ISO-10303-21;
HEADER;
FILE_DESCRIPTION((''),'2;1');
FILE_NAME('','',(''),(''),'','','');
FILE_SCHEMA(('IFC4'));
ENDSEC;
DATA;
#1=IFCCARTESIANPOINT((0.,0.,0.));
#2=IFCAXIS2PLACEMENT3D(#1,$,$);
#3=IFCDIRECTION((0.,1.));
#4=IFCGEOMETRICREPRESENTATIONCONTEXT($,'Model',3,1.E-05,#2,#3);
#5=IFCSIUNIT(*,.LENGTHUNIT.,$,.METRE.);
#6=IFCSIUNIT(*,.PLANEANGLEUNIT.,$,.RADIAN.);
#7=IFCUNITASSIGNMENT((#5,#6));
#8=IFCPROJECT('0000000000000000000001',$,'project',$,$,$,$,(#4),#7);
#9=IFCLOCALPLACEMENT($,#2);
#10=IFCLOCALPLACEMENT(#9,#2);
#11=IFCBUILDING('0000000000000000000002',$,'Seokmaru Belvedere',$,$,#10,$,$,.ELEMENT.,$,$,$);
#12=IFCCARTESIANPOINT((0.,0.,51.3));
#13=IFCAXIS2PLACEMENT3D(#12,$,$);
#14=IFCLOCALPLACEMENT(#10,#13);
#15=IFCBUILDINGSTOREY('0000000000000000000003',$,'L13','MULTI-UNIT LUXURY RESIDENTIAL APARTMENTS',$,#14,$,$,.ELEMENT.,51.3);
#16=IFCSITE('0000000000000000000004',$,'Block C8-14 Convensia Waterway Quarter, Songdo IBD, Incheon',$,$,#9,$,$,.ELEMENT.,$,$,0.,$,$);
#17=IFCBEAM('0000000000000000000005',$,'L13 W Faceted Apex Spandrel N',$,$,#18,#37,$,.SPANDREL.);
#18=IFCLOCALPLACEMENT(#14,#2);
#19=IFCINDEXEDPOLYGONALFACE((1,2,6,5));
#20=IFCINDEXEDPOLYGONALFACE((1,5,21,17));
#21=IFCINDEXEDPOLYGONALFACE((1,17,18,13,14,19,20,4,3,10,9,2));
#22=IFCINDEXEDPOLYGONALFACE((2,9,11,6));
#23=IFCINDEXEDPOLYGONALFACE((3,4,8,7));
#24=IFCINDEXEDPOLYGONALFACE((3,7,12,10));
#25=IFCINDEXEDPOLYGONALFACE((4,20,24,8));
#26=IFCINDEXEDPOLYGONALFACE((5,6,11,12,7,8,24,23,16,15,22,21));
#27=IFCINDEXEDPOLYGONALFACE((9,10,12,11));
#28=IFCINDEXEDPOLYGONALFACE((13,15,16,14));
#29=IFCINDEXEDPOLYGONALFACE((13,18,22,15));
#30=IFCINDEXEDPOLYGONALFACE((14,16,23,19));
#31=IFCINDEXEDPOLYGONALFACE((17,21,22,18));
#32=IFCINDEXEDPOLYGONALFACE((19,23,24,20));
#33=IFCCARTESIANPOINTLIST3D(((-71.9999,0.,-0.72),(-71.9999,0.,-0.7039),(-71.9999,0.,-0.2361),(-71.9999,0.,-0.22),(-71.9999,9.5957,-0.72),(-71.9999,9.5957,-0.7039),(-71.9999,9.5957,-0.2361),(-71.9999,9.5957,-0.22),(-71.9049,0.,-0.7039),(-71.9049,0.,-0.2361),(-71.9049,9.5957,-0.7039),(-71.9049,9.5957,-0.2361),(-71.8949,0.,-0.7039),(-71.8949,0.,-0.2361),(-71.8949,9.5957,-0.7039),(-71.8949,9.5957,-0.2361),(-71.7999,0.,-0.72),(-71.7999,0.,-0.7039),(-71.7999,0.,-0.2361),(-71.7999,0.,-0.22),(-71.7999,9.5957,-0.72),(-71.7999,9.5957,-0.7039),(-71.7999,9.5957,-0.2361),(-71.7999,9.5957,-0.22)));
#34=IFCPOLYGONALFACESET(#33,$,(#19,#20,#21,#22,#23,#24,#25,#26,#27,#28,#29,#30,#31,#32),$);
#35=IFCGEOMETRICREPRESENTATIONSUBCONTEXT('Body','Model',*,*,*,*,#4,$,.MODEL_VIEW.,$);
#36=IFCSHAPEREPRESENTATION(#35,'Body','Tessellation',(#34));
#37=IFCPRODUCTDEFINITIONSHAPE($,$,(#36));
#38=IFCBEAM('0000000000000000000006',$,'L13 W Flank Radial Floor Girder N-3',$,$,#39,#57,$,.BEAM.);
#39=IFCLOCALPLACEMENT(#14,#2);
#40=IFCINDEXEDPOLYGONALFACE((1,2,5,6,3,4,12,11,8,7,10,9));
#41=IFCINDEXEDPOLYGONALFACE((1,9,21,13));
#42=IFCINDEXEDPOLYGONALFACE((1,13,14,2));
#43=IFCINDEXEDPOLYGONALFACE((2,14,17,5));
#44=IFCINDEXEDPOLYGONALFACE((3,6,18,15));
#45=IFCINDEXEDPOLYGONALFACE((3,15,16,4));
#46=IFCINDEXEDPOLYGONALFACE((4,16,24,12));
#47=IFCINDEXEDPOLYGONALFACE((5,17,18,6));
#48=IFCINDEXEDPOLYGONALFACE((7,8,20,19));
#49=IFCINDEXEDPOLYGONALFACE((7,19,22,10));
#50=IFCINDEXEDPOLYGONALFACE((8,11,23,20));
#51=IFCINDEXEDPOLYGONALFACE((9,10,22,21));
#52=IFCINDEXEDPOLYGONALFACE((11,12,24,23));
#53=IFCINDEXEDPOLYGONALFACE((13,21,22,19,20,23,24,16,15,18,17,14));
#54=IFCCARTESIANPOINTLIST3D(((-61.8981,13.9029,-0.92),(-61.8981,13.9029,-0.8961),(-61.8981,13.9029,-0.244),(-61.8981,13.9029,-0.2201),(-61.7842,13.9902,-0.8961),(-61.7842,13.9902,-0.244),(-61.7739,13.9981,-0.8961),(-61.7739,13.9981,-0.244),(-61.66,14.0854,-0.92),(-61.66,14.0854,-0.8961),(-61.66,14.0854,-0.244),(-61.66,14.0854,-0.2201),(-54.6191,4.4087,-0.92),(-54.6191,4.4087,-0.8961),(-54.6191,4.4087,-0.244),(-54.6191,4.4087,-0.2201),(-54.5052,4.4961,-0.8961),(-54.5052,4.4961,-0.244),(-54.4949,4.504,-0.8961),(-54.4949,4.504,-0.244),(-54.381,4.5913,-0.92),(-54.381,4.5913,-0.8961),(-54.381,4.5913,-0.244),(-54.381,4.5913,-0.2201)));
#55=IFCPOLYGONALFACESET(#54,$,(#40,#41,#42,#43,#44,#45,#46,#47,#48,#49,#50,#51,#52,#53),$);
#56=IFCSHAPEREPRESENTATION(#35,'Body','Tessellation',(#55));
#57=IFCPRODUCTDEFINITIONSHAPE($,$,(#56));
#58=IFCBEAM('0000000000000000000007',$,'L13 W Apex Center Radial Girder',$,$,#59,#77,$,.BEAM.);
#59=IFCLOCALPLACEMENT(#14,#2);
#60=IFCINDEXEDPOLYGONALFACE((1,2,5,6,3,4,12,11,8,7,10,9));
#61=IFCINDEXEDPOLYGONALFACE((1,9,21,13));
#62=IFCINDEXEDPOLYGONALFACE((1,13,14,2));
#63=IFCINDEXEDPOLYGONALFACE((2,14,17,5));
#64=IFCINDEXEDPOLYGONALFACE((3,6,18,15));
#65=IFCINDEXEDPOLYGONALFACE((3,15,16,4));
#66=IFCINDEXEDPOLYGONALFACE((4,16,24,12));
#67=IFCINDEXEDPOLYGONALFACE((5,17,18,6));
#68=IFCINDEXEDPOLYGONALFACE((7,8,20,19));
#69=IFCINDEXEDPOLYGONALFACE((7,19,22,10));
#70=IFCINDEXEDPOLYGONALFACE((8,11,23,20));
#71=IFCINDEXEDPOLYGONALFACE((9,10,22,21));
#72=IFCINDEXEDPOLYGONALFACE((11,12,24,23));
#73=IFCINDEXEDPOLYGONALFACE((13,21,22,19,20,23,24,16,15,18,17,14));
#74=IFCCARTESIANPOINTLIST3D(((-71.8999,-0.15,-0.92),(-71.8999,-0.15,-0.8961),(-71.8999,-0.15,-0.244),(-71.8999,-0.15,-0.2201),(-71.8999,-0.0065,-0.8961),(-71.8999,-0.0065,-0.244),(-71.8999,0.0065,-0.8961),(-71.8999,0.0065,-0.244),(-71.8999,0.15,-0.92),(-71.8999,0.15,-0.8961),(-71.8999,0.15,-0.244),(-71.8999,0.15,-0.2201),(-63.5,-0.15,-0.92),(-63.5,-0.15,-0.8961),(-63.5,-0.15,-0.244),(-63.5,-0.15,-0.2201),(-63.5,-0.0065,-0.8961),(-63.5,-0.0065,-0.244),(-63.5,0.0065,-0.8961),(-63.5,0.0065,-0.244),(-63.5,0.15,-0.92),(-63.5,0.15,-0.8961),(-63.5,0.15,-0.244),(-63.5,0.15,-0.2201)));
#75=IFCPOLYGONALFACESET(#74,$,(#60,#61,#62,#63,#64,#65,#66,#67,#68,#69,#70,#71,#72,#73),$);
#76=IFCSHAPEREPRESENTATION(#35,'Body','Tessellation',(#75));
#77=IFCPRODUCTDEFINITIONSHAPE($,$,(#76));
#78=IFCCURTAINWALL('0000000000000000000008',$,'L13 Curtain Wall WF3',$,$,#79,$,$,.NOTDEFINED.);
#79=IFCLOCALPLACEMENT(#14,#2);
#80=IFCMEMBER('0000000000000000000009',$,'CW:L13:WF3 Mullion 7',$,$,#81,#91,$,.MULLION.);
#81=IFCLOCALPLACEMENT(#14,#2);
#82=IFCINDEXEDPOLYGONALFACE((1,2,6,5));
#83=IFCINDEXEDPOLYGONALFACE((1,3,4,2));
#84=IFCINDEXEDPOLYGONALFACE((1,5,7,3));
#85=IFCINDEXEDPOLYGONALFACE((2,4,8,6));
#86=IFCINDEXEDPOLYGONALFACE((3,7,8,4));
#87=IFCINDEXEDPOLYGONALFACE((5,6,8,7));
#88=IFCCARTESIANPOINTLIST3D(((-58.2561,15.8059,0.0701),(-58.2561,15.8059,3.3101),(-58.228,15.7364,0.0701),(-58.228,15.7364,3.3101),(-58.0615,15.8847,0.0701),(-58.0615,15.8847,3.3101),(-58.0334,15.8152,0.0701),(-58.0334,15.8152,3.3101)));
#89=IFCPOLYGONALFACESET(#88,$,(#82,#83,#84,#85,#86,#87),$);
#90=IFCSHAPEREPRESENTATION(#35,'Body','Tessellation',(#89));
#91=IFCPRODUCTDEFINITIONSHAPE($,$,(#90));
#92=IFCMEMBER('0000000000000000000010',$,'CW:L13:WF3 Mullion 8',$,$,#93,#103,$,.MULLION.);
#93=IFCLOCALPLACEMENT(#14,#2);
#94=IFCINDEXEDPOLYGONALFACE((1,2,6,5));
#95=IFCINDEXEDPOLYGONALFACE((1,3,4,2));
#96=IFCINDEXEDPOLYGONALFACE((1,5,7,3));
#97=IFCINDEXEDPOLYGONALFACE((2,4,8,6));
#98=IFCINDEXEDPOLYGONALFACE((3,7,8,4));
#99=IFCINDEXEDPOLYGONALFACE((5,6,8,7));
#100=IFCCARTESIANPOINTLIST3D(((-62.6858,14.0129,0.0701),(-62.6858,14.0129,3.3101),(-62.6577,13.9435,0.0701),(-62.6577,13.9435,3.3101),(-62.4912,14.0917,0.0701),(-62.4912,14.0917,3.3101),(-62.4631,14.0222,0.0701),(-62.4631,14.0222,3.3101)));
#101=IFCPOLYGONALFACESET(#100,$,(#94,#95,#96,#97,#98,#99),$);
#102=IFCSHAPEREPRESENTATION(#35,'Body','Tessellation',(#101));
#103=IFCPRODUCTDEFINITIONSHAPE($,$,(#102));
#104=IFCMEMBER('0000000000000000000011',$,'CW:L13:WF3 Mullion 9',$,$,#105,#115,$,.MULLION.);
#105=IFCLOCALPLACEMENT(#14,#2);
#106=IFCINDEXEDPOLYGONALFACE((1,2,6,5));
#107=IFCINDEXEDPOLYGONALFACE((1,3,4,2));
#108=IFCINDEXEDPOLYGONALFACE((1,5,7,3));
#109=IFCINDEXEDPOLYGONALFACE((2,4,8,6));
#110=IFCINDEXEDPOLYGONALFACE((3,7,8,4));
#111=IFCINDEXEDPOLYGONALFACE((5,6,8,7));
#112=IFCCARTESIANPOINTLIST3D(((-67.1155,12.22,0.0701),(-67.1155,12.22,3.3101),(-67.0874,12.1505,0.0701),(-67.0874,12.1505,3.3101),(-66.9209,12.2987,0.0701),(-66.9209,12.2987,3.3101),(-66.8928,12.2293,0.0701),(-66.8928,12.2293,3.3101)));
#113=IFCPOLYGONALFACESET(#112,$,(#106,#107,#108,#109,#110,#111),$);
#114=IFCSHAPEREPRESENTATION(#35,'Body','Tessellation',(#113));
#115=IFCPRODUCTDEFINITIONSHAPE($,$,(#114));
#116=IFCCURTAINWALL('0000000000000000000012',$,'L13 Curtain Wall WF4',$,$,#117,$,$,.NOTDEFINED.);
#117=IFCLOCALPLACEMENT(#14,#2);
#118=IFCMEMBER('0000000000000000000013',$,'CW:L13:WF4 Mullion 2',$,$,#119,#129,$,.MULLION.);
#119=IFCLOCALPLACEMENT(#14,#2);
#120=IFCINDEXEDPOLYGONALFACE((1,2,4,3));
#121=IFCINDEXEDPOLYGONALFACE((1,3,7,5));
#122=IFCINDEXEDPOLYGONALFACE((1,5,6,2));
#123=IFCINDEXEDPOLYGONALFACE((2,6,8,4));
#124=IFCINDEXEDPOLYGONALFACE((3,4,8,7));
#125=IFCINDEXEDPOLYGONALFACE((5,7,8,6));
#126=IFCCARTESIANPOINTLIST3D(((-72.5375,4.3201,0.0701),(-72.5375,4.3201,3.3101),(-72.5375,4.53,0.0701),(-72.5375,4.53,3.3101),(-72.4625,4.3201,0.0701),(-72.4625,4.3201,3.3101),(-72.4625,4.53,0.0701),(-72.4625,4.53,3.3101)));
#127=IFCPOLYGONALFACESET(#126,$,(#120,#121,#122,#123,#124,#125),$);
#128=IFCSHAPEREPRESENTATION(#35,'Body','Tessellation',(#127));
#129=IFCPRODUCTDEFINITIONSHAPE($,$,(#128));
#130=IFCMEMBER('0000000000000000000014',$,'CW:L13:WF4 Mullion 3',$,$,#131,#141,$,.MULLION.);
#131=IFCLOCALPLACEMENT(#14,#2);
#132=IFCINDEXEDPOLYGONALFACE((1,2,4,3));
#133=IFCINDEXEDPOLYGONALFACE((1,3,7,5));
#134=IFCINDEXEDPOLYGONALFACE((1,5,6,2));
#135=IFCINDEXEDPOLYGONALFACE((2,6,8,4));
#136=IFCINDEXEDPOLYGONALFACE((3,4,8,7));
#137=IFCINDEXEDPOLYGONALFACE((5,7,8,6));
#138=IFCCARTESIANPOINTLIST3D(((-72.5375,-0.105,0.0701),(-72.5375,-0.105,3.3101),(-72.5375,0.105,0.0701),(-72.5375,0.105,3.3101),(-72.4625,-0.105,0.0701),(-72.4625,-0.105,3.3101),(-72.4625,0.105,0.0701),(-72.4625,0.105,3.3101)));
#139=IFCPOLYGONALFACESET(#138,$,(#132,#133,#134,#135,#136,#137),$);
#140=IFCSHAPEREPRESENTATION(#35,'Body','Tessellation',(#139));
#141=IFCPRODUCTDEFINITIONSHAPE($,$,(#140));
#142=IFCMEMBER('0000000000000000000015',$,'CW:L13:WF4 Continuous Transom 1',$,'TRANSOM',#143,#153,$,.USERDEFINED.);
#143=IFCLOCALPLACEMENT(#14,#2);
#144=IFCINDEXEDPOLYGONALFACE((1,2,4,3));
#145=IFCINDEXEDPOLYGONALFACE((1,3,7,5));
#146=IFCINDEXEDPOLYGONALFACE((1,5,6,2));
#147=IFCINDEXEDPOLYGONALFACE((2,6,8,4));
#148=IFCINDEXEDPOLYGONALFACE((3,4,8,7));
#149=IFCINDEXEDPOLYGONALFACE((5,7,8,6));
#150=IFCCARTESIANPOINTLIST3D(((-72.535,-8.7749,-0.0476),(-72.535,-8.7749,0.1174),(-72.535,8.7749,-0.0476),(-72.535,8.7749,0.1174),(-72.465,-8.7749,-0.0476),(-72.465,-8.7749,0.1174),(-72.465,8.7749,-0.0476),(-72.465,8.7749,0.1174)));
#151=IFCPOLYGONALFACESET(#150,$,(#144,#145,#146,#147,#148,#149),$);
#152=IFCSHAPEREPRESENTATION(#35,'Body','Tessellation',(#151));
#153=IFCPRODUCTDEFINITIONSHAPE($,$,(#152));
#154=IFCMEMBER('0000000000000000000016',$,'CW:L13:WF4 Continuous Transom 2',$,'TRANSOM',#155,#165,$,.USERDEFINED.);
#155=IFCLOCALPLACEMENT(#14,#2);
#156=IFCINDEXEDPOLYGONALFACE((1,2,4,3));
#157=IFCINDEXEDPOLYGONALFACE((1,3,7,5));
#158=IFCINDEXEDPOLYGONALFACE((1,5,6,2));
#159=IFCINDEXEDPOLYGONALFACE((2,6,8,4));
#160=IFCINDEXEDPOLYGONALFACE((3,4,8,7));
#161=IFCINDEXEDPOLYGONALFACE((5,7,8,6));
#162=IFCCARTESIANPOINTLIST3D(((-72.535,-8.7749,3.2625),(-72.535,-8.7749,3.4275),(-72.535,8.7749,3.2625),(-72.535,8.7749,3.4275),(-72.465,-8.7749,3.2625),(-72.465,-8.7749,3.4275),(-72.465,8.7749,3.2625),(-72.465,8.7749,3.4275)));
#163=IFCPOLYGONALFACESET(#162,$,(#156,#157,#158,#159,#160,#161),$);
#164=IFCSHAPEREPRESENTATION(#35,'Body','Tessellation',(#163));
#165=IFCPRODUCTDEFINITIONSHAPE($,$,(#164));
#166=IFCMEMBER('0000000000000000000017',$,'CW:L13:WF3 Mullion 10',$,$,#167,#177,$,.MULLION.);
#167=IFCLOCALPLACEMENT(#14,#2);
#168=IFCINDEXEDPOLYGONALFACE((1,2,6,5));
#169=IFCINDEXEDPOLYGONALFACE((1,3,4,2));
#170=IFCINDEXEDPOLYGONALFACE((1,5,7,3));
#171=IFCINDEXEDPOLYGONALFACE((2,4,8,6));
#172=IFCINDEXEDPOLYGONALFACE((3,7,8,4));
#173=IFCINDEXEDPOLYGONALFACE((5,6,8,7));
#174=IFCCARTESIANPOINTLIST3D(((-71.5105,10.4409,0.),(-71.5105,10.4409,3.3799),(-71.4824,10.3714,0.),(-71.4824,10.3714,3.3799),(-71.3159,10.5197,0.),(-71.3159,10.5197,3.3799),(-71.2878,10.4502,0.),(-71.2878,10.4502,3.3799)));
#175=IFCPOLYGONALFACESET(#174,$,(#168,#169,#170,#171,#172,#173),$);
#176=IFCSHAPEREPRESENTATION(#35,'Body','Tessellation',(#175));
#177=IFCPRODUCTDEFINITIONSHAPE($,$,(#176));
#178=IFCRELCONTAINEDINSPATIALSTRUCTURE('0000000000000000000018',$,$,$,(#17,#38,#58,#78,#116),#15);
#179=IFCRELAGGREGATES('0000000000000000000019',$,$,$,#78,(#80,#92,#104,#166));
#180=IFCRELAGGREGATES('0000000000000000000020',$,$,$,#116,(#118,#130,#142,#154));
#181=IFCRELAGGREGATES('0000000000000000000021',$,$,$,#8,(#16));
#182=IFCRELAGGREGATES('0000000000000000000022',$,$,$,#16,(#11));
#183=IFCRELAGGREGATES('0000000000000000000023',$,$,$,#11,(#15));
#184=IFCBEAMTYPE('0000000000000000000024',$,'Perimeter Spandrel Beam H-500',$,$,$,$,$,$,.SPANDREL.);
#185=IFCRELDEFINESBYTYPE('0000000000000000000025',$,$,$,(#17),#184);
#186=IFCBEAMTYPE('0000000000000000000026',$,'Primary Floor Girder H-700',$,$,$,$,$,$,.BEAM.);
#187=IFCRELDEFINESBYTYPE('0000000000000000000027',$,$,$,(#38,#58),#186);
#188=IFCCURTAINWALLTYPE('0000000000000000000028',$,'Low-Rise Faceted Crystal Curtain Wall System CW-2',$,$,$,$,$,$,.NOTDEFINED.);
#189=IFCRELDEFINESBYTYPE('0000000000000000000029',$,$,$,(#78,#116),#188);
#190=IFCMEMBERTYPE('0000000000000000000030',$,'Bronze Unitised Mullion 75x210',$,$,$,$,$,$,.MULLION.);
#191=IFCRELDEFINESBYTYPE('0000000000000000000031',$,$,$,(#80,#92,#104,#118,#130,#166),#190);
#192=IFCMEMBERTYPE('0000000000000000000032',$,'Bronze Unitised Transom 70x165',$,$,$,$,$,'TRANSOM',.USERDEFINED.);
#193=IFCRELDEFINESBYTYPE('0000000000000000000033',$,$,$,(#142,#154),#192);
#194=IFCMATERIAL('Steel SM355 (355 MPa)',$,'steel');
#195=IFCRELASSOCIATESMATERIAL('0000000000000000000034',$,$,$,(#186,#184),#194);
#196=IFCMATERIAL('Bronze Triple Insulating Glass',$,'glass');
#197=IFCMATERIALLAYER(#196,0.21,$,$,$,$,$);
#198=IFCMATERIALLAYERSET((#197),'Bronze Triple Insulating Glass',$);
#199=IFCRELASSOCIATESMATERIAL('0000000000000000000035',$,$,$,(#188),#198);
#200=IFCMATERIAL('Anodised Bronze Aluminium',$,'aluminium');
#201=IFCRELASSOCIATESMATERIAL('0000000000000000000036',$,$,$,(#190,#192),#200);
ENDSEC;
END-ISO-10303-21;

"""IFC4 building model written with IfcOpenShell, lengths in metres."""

from ifc_helpers import new_model, si_unit, direction, frame, origin, origin_2d, place, context, subcontext, project, spatial, rectangle, i_section, extrude, source, transform, mapped, material, layer, layer_set, material_profile, profile_set, type_object, type_shapes, element, aggregate, save


model = new_model("IFC4")

# Units and contexts
model_context = context("Model", 3, precision=1e-05, world=origin(), true_north=direction((0.0, 1.0)))
body_context = subcontext(model_context, "Body", "Model", "MODEL_VIEW")
ifc_project = project(units=[si_unit("LENGTHUNIT", "METRE"), si_unit("PLANEANGLEUNIT", "RADIAN")], contexts=[model_context])

# Site, building, storey
site_placement = place(None, origin())
site = spatial("IfcSite", under=ifc_project, at=site_placement, Name="Block C8-14 Convensia Waterway Quarter, Songdo IBD, Incheon", CompositionType="ELEMENT", RefElevation=0.0)
building_placement = place(site_placement, origin())
building = spatial("IfcBuilding", under=site, at=building_placement, Name="Seokmaru Belvedere", CompositionType="ELEMENT")
storey_placement = place(building_placement, frame((0.0, 0.0, 51.3)))
storey = spatial("IfcBuildingStorey", under=building, at=storey_placement, Name="L13", Description="MULTI-UNIT LUXURY RESIDENTIAL APARTMENTS", CompositionType="ELEMENT", Elevation=51.3)

# Shared definitions
ifc_material_1 = material(Name="Steel SM355 (355 MPa)", Category="steel")

# Beams
ifc_material_profile_1 = material_profile(ifc_material_1, i_section(OverallWidth=0.3, OverallDepth=0.7, WebThickness=0.0129, FlangeThickness=0.0239, at=origin_2d()), Name="H-700x300x13x24")
ifc_profile_set_1 = profile_set([ifc_material_profile_1], Name="Steel SM355 (355 MPa)")
beam_type_1 = type_object("IfcBeamType", Name="Primary Floor Girder H-700", PredefinedType="BEAM", material=ifc_profile_set_1)
ifc_material_profile_2 = material_profile(ifc_material_1, i_section(OverallWidth=0.2, OverallDepth=0.5, WebThickness=0.01, FlangeThickness=0.0161, at=origin_2d()), Name="H-500x200x10x16")
ifc_profile_set_2 = profile_set([ifc_material_profile_2], Name="Steel SM355 (355 MPa)")
beam_type_2 = type_object("IfcBeamType", Name="Perimeter Spandrel Beam H-500", PredefinedType="SPANDREL", material=ifc_profile_set_2)
shared_shape_1 = source(origin(), body_context, "Body", "SweptSolid", [
    extrude(i_section(OverallWidth=0.2, OverallDepth=0.5, WebThickness=0.01, FlangeThickness=0.0161, at=origin_2d()), origin(), (0.0, 0.0, 1.0), 9.5957),
])
beam_1_placement = place(storey_placement, frame((-71.8999, 0.0, -0.47), z_axis=(0.0, 1.0, 0.0), x_axis=(-1.0, 0.0, 0.0)))
element("IfcBeam", 1, at=beam_1_placement, inside=storey, type_object=beam_type_2, Name="L13 W Faceted Apex Spandrel N", PredefinedType="SPANDREL", context=body_context, shape_type="MappedRepresentation", body=[
    mapped(shared_shape_1, transform((0.0, 0.0, 0.0), scale=1.0)),
])
shared_shape_2 = source(origin(), body_context, "Body", "SweptSolid", [
    extrude(i_section(OverallWidth=0.3, OverallDepth=0.7, WebThickness=0.0129, FlangeThickness=0.0239, at=origin_2d()), origin(), (0.0, 0.0, 1.0), 11.9634),
])
beam_2_placement = place(storey_placement, frame((-61.7791, 13.9941, -0.5701), z_axis=(0.608443, -0.793598, 0.0), x_axis=(0.793598, 0.608443, 0.0)))
element("IfcBeam", 2, at=beam_2_placement, inside=storey, type_object=beam_type_1, Name="L13 W Flank Radial Floor Girder N-3", PredefinedType="BEAM", context=body_context, shape_type="MappedRepresentation", body=[
    mapped(shared_shape_2, transform((0.0, 0.0, 0.0), scale=1.0)),
])
shared_shape_3 = source(origin(), body_context, "Body", "SweptSolid", [
    extrude(i_section(OverallWidth=0.3, OverallDepth=0.7, WebThickness=0.0129, FlangeThickness=0.0239, at=origin_2d()), origin(), (0.0, 0.0, 1.0), 8.3999),
])
beam_3_placement = place(storey_placement, frame((-71.8999, 0.0, -0.5701), z_axis=(1.0, 0.0, 0.0), x_axis=(0.0, 1.0, 0.0)))
element("IfcBeam", 3, at=beam_3_placement, inside=storey, type_object=beam_type_1, Name="L13 W Apex Center Radial Girder", PredefinedType="BEAM", context=body_context, shape_type="MappedRepresentation", body=[
    mapped(shared_shape_3, transform((0.0, 0.0, 0.0), scale=1.0)),
])

# Curtain walls, members
ifc_material_2 = material(Name="Bronze Triple Insulating Glass", Category="glass")
ifc_layer_1 = layer(ifc_material_2, 0.21)
ifc_layer_set_1 = layer_set([ifc_layer_1], Name="Bronze Triple Insulating Glass")
curtain_wall_type = type_object("IfcCurtainWallType", Name="Low-Rise Faceted Crystal Curtain Wall System CW-2", PredefinedType="NOTDEFINED", material=ifc_layer_set_1)
curtain_wall_1_placement = place(storey_placement, origin())
curtain_wall_1 = element("IfcCurtainWall", 4, at=curtain_wall_1_placement, inside=storey, type_object=curtain_wall_type, Name="L13 Curtain Wall WF3", PredefinedType="NOTDEFINED")
ifc_material_3 = material(Name="Anodised Bronze Aluminium", Category="aluminium")
ifc_material_profile_3 = material_profile(ifc_material_3, rectangle(XDim=0.075, YDim=0.21, at=origin_2d()), Name="CW-M-75x210")
ifc_profile_set_3 = profile_set([ifc_material_profile_3], Name="Anodised Bronze Aluminium")
member_type_1 = type_object("IfcMemberType", Name="Bronze Unitised Mullion 75x210", PredefinedType="MULLION", material=ifc_profile_set_3)
shared_shape_4 = source(origin(), body_context, "Body", "SweptSolid", [
    extrude(rectangle(XDim=0.075, YDim=0.21, at=origin_2d()), origin(), (0.0, 0.0, 1.0), 3.24),
])
member_1_placement = place(storey_placement, frame((-58.1448, 15.8105, 0.0701), z_axis=(0.0, 0.0, 1.0), x_axis=(0.375192, -0.926947, 0.0)))
member_1 = element("IfcMember", 5, at=member_1_placement, type_object=member_type_1, Name="CW:L13:WF3 Mullion 7", PredefinedType="MULLION", context=body_context, shape_type="MappedRepresentation", body=[
    mapped(shared_shape_4, transform((0.0, 0.0, 0.0), scale=1.0)),
])
member_2_placement = place(storey_placement, frame((-62.5745, 14.0176, 0.0701), z_axis=(0.0, 0.0, 1.0), x_axis=(0.375192, -0.926947, 0.0)))
member_2 = element("IfcMember", 6, at=member_2_placement, type_object=member_type_1, Name="CW:L13:WF3 Mullion 8", PredefinedType="MULLION", context=body_context, shape_type="MappedRepresentation", body=[
    mapped(shared_shape_4, transform((0.0, 0.0, 0.0), scale=1.0)),
])
member_3_placement = place(storey_placement, frame((-67.0042, 12.2246, 0.0701), z_axis=(0.0, 0.0, 1.0), x_axis=(0.375192, -0.926947, 0.0)))
member_3 = element("IfcMember", 7, at=member_3_placement, type_object=member_type_1, Name="CW:L13:WF3 Mullion 9", PredefinedType="MULLION", context=body_context, shape_type="MappedRepresentation", body=[
    mapped(shared_shape_4, transform((0.0, 0.0, 0.0), scale=1.0)),
])
curtain_wall_2_placement = place(storey_placement, origin())
curtain_wall_2 = element("IfcCurtainWall", 8, at=curtain_wall_2_placement, inside=storey, type_object=curtain_wall_type, Name="L13 Curtain Wall WF4", PredefinedType="NOTDEFINED")
member_4_placement = place(storey_placement, frame((-72.5, 4.425, 0.0701), z_axis=(0.0, 0.0, 1.0), x_axis=(1.0, 0.0, 0.0)))
member_4 = element("IfcMember", 9, at=member_4_placement, type_object=member_type_1, Name="CW:L13:WF4 Mullion 2", PredefinedType="MULLION", context=body_context, shape_type="MappedRepresentation", body=[
    mapped(shared_shape_4, transform((0.0, 0.0, 0.0), scale=1.0)),
])
member_5_placement = place(storey_placement, frame((-72.5, 0.0, 0.0701), z_axis=(0.0, 0.0, 1.0), x_axis=(1.0, 0.0, 0.0)))
member_5 = element("IfcMember", 10, at=member_5_placement, type_object=member_type_1, Name="CW:L13:WF4 Mullion 3", PredefinedType="MULLION", context=body_context, shape_type="MappedRepresentation", body=[
    mapped(shared_shape_4, transform((0.0, 0.0, 0.0), scale=1.0)),
])
ifc_material_profile_4 = material_profile(ifc_material_3, rectangle(XDim=0.0701, YDim=0.165, at=origin_2d()), Name="CW-T-70x165")
ifc_profile_set_4 = profile_set([ifc_material_profile_4], Name="Anodised Bronze Aluminium")
member_type_2 = type_object("IfcMemberType", Name="Bronze Unitised Transom 70x165", ElementType="TRANSOM", PredefinedType="USERDEFINED", material=ifc_profile_set_4)
shared_shape_5 = source(origin(), body_context, "Body", "SweptSolid", [
    extrude(rectangle(XDim=0.0701, YDim=0.165, at=origin_2d()), origin(), (0.0, 0.0, 1.0), 17.5498),
])
type_shapes(member_type_2, [shared_shape_5])
member_6_placement = place(storey_placement, frame((-72.5, 8.7749, 0.0349), z_axis=(0.0, -1.0, 0.0), x_axis=(1.0, 0.0, 0.0)))
member_6 = element("IfcMember", 11, at=member_6_placement, type_object=member_type_2, Name="CW:L13:WF4 Continuous Transom 1", ObjectType="TRANSOM", PredefinedType="USERDEFINED", context=body_context, shape_type="MappedRepresentation", body=[
    mapped(shared_shape_5, transform((0.0, 0.0, 0.0), scale=1.0)),
])
member_7_placement = place(storey_placement, frame((-72.5, 8.7749, 3.345), z_axis=(0.0, -1.0, 0.0), x_axis=(1.0, 0.0, 0.0)))
member_7 = element("IfcMember", 12, at=member_7_placement, type_object=member_type_2, Name="CW:L13:WF4 Continuous Transom 2", ObjectType="TRANSOM", PredefinedType="USERDEFINED", context=body_context, shape_type="MappedRepresentation", body=[
    mapped(shared_shape_5, transform((0.0, 0.0, 0.0), scale=1.0)),
])

# Member
shared_shape_6 = source(origin(), body_context, "Body", "SweptSolid", [
    extrude(rectangle(XDim=0.075, YDim=0.21, at=origin_2d()), origin(), (0.0, 0.0, 1.0), 3.3799),
])
type_shapes(member_type_1, [shared_shape_4, shared_shape_6])
member_8_placement = place(storey_placement, frame((-71.3992, 10.4456, 0.0), z_axis=(0.0, 0.0, 1.0), x_axis=(0.375192, -0.926947, 0.0)))
member_8 = element("IfcMember", 13, at=member_8_placement, type_object=member_type_1, Name="CW:L13:WF3 Mullion 10", PredefinedType="MULLION", context=body_context, shape_type="MappedRepresentation", body=[
    mapped(shared_shape_6, transform((0.0, 0.0, 0.0), scale=1.0)),
])

aggregate(curtain_wall_1, [member_1, member_2, member_3, member_8])
aggregate(curtain_wall_2, [member_4, member_5, member_6, member_7])

save(model, "model.ifc")
